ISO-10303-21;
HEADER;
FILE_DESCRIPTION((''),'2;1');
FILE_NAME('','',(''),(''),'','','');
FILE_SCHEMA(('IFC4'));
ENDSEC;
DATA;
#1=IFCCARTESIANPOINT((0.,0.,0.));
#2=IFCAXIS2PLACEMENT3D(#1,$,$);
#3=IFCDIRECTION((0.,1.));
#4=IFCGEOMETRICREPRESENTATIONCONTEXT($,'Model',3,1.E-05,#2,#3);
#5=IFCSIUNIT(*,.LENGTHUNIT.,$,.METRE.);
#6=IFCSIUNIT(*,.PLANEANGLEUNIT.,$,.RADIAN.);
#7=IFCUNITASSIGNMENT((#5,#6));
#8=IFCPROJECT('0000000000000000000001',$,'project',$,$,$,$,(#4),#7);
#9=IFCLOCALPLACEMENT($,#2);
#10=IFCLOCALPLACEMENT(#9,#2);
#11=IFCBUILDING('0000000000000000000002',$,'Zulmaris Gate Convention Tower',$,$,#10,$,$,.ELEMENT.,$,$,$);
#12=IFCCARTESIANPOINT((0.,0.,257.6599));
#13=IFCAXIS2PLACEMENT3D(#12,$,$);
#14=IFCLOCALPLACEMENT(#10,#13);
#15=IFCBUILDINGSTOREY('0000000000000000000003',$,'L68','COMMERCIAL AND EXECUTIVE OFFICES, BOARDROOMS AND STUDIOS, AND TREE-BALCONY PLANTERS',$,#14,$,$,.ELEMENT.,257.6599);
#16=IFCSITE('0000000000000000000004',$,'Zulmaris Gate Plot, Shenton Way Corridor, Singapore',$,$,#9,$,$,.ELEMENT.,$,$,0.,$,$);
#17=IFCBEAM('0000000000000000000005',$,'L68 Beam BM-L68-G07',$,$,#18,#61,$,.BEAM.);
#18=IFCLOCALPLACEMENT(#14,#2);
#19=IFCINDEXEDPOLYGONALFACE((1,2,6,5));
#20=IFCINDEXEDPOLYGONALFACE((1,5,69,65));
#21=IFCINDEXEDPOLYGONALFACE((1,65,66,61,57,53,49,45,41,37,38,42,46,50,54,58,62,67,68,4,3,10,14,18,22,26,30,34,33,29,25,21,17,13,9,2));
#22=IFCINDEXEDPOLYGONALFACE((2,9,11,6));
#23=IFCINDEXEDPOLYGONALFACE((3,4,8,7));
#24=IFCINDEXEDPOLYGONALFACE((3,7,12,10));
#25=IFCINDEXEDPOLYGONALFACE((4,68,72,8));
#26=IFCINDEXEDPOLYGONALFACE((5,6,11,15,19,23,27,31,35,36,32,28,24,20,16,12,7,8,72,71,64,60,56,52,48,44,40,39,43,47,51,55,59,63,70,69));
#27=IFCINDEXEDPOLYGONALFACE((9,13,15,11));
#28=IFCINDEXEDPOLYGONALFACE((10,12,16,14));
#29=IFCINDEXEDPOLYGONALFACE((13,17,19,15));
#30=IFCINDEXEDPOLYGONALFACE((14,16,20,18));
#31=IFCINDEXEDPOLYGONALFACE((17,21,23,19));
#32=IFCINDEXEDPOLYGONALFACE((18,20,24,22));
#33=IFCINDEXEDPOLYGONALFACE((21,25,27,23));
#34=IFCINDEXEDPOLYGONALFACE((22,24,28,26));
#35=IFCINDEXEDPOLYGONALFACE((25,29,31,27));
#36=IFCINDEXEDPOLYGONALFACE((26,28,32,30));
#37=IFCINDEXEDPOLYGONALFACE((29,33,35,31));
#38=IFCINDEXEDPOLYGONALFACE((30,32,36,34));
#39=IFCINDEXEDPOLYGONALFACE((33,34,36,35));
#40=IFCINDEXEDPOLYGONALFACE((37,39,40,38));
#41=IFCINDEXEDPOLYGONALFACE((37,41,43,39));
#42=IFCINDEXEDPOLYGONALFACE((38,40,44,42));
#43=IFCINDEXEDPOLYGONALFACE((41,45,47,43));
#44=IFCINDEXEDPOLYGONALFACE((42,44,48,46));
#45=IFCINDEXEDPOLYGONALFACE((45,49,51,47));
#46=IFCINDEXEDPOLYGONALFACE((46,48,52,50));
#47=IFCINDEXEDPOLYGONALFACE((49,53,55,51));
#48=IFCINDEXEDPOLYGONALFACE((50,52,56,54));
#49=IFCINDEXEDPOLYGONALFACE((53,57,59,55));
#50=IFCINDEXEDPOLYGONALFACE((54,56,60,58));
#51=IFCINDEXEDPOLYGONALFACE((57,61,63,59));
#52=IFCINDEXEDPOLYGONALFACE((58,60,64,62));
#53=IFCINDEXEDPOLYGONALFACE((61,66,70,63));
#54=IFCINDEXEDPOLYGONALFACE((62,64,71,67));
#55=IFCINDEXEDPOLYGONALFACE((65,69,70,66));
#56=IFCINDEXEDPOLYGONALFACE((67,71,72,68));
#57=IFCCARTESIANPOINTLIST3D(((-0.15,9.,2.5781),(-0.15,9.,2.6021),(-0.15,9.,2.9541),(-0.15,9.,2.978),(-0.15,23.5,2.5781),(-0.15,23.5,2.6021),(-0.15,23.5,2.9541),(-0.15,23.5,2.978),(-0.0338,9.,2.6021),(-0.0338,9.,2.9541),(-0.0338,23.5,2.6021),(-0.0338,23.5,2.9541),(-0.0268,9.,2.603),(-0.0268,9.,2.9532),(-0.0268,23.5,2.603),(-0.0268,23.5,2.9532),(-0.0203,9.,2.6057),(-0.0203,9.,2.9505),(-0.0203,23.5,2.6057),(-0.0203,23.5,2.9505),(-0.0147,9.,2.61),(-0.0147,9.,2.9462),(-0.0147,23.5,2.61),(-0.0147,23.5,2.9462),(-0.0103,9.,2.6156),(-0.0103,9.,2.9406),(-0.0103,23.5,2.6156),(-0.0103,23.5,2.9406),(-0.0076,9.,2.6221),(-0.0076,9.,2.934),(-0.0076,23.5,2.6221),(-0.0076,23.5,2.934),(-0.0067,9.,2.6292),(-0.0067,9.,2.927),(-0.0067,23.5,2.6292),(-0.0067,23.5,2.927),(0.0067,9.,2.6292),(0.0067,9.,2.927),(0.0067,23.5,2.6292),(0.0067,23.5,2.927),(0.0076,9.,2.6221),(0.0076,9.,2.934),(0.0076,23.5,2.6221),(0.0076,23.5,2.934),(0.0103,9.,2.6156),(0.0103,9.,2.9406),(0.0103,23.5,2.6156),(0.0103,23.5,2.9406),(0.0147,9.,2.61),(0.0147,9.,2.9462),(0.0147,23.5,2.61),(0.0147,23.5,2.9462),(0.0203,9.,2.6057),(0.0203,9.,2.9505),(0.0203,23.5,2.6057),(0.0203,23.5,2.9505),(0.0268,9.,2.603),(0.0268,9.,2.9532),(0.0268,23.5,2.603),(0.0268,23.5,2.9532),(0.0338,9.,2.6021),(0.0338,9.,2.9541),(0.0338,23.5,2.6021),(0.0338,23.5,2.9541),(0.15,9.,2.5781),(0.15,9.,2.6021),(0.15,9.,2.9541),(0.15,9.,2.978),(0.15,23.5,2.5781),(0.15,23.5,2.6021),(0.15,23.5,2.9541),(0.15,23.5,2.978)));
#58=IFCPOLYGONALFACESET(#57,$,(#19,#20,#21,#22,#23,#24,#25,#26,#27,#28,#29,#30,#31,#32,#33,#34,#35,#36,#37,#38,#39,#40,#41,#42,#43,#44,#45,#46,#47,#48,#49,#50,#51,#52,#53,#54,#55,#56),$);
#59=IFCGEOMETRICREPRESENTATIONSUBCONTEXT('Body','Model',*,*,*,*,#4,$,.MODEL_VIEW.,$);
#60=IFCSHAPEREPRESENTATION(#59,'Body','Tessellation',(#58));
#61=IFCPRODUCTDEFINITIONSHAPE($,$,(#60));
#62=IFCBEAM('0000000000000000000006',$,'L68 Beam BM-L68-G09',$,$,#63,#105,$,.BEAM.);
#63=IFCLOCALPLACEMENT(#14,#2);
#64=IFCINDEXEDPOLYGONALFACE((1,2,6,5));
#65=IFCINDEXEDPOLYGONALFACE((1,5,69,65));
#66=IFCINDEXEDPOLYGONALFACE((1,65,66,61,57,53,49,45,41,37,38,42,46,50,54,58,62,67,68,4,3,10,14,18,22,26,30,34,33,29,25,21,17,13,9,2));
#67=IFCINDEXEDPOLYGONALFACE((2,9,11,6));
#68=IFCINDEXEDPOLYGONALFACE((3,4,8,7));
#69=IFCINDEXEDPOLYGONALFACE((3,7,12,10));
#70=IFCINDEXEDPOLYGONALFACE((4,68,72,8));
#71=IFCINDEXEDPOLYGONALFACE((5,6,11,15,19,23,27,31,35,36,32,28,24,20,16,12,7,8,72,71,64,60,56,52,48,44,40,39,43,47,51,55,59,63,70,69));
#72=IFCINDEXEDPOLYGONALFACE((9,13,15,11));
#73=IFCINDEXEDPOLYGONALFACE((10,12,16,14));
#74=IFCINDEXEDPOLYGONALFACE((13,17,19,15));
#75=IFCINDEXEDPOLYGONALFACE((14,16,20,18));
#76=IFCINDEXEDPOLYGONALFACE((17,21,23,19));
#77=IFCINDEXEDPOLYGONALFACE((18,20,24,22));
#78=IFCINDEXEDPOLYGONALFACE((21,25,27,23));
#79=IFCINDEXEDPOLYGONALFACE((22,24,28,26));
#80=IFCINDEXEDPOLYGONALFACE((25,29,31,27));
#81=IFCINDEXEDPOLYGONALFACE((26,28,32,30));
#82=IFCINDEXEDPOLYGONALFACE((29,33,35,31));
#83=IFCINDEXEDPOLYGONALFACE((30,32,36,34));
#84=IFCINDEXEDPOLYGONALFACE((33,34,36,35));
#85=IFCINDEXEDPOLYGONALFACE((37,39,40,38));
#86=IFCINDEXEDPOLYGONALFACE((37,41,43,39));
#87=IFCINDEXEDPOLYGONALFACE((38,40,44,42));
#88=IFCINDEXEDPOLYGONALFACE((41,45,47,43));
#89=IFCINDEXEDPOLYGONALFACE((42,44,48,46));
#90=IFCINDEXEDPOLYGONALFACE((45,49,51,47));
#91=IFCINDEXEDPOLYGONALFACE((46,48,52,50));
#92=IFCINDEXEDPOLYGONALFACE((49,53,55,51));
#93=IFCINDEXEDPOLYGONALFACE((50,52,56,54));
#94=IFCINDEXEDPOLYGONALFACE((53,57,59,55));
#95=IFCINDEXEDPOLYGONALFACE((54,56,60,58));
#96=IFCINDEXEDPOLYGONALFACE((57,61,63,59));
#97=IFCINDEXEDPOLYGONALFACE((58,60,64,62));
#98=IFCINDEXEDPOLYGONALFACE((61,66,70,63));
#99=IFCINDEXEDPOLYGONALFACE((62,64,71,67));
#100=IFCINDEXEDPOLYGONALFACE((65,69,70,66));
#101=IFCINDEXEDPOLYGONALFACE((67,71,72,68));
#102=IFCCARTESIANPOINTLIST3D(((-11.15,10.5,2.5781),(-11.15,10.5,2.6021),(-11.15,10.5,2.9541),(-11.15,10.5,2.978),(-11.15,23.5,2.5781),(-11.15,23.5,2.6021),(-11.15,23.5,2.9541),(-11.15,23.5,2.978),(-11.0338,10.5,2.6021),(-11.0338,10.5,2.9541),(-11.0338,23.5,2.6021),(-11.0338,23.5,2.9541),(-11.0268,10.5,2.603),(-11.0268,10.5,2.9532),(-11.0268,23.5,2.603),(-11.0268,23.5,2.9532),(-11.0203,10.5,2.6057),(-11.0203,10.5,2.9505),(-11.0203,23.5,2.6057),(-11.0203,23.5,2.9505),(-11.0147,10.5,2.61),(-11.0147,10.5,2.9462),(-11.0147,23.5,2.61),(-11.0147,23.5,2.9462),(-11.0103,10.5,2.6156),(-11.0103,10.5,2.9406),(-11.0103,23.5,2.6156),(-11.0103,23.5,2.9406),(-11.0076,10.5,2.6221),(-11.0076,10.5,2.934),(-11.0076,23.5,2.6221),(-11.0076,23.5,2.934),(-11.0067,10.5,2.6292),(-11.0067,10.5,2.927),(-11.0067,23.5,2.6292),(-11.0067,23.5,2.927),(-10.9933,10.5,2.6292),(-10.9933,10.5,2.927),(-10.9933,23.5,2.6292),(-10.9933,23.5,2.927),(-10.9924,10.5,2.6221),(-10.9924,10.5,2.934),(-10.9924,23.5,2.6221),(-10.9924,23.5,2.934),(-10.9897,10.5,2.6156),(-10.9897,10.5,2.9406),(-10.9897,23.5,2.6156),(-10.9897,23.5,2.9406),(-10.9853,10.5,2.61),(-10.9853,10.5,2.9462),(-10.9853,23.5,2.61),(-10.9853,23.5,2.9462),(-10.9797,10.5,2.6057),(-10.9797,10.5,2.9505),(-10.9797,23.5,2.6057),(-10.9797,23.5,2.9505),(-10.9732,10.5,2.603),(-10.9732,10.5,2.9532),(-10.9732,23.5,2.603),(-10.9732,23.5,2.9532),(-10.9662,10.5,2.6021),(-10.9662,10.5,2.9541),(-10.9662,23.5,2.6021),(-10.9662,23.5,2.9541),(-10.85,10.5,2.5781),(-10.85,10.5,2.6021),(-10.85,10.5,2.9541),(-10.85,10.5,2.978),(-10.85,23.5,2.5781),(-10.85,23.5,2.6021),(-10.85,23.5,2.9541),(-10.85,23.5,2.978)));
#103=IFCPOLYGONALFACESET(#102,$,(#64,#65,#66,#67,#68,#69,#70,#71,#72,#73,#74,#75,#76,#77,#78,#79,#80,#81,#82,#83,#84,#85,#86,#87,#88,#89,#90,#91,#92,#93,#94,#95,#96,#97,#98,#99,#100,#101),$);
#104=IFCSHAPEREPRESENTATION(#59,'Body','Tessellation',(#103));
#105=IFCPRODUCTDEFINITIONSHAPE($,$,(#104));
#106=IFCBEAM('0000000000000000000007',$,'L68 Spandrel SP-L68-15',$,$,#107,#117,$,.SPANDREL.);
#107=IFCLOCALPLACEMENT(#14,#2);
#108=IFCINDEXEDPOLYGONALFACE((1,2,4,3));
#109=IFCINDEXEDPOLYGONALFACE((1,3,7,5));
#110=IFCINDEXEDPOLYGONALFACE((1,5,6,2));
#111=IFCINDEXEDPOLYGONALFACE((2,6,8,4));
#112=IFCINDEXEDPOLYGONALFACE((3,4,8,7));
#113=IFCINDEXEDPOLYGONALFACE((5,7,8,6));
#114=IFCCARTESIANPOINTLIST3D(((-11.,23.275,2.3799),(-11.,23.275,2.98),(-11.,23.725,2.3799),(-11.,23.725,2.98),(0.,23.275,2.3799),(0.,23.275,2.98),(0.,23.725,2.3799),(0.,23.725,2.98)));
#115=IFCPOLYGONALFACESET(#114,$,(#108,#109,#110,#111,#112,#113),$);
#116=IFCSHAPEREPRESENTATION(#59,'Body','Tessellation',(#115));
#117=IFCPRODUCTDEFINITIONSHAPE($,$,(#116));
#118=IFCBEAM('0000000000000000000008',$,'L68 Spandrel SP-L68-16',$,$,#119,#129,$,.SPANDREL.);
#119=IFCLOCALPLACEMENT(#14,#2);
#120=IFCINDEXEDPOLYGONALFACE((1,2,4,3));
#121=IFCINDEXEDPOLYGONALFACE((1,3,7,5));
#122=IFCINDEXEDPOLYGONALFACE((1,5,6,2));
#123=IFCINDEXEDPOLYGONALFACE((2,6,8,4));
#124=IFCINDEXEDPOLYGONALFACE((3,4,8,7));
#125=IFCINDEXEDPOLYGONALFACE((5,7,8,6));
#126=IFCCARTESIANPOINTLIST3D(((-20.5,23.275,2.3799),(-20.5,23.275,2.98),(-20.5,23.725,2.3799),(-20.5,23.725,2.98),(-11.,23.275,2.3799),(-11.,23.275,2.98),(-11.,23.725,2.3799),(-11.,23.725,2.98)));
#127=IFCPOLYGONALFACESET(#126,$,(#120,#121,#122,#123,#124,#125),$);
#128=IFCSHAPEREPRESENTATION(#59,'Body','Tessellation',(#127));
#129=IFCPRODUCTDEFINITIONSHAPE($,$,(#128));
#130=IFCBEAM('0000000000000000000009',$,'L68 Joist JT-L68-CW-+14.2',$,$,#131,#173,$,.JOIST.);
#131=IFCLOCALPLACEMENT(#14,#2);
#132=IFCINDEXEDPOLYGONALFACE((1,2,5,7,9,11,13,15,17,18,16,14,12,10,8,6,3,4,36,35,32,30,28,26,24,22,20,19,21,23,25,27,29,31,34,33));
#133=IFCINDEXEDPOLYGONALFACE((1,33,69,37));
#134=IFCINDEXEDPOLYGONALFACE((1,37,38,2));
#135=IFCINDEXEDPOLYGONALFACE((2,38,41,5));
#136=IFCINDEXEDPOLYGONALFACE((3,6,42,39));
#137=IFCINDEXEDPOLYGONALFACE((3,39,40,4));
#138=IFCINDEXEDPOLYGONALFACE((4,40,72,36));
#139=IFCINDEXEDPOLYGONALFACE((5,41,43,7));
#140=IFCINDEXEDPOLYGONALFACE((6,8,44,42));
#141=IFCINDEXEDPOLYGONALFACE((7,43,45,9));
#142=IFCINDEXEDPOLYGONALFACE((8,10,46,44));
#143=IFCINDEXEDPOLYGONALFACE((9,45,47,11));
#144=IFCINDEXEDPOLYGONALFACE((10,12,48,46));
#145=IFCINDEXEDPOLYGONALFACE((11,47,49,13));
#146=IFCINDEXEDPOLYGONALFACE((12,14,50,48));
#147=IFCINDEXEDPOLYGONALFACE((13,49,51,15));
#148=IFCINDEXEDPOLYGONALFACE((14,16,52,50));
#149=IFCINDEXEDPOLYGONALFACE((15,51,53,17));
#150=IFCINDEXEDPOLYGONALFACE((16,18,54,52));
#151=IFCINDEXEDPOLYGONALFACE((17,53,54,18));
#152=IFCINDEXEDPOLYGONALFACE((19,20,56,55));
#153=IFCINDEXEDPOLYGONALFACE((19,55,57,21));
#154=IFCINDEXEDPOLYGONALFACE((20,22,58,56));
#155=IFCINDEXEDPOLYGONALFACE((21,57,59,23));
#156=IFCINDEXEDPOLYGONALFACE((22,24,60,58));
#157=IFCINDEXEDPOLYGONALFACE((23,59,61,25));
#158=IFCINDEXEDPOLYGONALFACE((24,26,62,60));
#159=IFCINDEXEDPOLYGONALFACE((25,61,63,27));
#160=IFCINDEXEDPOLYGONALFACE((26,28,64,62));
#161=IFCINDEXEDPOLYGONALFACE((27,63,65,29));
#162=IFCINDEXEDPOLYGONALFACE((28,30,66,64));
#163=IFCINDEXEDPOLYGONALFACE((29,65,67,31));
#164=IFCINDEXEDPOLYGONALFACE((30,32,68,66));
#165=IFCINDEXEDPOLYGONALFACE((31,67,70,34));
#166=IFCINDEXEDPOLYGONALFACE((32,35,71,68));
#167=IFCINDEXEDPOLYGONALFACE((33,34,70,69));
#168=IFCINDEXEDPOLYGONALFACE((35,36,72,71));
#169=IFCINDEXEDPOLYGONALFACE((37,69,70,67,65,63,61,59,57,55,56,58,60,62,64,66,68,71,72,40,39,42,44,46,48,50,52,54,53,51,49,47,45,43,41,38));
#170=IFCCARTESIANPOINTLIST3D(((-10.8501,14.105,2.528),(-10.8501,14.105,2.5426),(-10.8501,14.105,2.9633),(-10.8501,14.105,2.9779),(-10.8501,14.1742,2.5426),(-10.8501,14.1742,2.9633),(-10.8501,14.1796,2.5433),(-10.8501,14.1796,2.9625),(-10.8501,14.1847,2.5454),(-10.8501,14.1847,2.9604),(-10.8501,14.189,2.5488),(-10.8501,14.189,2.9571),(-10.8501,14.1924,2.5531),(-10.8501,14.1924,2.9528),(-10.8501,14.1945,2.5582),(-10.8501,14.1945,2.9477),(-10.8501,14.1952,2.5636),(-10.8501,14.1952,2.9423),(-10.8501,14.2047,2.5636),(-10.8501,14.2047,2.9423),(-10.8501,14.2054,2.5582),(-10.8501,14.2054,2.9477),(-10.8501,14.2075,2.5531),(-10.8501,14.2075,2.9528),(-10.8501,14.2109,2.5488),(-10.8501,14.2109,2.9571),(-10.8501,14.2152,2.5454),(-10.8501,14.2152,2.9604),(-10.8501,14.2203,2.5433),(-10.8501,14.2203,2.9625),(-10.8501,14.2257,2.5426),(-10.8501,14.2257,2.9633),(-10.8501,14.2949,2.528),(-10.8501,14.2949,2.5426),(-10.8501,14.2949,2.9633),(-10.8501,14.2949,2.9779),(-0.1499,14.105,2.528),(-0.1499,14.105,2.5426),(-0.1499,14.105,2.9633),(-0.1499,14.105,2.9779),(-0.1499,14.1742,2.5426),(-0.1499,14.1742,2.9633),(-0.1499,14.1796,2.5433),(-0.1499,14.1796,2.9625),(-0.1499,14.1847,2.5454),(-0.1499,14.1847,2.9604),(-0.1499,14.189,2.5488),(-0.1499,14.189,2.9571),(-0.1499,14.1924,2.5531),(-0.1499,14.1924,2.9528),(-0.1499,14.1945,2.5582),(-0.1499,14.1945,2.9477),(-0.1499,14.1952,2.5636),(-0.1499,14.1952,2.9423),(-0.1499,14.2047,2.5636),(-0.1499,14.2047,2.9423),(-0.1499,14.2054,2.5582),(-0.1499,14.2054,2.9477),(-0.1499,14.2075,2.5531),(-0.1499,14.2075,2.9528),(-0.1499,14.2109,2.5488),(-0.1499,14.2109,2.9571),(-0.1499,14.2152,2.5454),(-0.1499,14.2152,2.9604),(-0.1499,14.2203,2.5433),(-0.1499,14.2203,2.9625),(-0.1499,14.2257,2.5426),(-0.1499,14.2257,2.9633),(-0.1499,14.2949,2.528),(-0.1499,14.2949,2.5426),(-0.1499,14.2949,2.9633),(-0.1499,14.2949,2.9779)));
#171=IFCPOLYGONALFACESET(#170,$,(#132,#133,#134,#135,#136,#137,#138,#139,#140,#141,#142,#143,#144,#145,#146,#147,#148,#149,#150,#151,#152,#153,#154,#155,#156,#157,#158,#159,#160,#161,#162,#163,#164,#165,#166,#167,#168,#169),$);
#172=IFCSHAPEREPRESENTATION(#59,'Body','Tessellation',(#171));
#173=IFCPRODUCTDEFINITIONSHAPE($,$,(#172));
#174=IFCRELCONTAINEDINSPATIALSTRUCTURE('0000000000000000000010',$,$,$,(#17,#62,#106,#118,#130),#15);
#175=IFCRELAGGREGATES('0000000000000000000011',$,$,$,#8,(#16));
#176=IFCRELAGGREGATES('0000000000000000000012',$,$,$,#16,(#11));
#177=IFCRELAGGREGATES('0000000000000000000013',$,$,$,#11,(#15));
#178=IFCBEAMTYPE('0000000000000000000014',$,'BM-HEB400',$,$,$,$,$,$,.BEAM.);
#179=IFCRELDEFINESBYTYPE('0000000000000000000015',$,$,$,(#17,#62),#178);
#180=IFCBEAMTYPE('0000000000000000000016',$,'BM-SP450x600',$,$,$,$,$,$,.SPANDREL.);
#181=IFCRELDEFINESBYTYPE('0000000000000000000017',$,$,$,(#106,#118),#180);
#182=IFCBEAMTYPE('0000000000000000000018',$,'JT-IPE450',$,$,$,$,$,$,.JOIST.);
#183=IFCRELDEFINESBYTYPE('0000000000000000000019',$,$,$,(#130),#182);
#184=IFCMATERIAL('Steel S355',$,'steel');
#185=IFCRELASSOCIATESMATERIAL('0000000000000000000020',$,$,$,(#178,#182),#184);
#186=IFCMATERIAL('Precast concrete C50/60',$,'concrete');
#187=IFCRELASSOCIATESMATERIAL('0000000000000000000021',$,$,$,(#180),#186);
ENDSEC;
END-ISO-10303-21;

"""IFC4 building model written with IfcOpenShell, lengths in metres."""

from ifc_helpers import new_model, si_unit, direction, frame, origin, origin_2d, place, context, subcontext, project, spatial, rectangle, i_section, extrude, material, material_profile, profile_set, type_object, element, save


model = new_model("IFC4")

# Units and contexts
model_context = context("Model", 3, precision=1e-05, world=origin(), true_north=direction((0.0, 1.0)))
body_context = subcontext(model_context, "Body", "Model", "MODEL_VIEW")
ifc_project = project(units=[si_unit("LENGTHUNIT", "METRE"), si_unit("PLANEANGLEUNIT", "RADIAN")], contexts=[model_context])

# Site, building, storey
site_placement = place(None, origin())
site = spatial("IfcSite", under=ifc_project, at=site_placement, Name="Zulmaris Gate Plot, Shenton Way Corridor, Singapore", CompositionType="ELEMENT", RefElevation=0.0)
building_placement = place(site_placement, origin())
building = spatial("IfcBuilding", under=site, at=building_placement, Name="Zulmaris Gate Convention Tower", CompositionType="ELEMENT")
storey_placement = place(building_placement, frame((0.0, 0.0, 257.6599)))
storey = spatial("IfcBuildingStorey", under=building, at=storey_placement, Name="L68", Description="COMMERCIAL AND EXECUTIVE OFFICES, BOARDROOMS AND STUDIOS, AND TREE-BALCONY PLANTERS", CompositionType="ELEMENT", Elevation=257.6599)

# Beams
ifc_material_1 = material(Name="Steel S355", Category="steel")
ifc_material_profile_1 = material_profile(ifc_material_1, i_section(OverallWidth=0.3, OverallDepth=0.3999, WebThickness=0.0134, FlangeThickness=0.0239, FilletRadius=0.0271, at=origin_2d()), Name="HEB 400")
ifc_profile_set_1 = profile_set([ifc_material_profile_1], Name="Steel S355")
beam_type_1 = type_object("IfcBeamType", Name="BM-HEB400", PredefinedType="BEAM", material=ifc_profile_set_1)
beam_1_placement = place(storey_placement, frame((0.0, 9.0, 2.7781), z_axis=(0.0, 1.0, 0.0), x_axis=(-1.0, 0.0, 0.0)))
element("IfcBeam", 1, at=beam_1_placement, inside=storey, type_object=beam_type_1, Name="L68 Beam BM-L68-G07", PredefinedType="BEAM", context=body_context, shape_type="SweptSolid", body=[
    extrude(i_section(OverallWidth=0.3, OverallDepth=0.3999, WebThickness=0.0134, FlangeThickness=0.0239, FilletRadius=0.0271, at=origin_2d()), origin(), (0.0, 0.0, 1.0), 14.5),
])
beam_2_placement = place(storey_placement, frame((-11.0, 10.5, 2.7781), z_axis=(0.0, 1.0, 0.0), x_axis=(-1.0, 0.0, 0.0)))
element("IfcBeam", 2, at=beam_2_placement, inside=storey, type_object=beam_type_1, Name="L68 Beam BM-L68-G09", PredefinedType="BEAM", context=body_context, shape_type="SweptSolid", body=[
    extrude(i_section(OverallWidth=0.3, OverallDepth=0.3999, WebThickness=0.0134, FlangeThickness=0.0239, FilletRadius=0.0271, at=origin_2d()), origin(), (0.0, 0.0, 1.0), 13.0),
])
ifc_material_2 = material(Name="Precast concrete C50/60", Category="concrete")
ifc_material_profile_2 = material_profile(ifc_material_2, rectangle(XDim=0.45, YDim=0.6001, at=origin_2d()), Name="RC SPANDREL 450x600")
ifc_profile_set_2 = profile_set([ifc_material_profile_2], Name="Precast concrete C50/60")
beam_type_2 = type_object("IfcBeamType", Name="BM-SP450x600", PredefinedType="SPANDREL", material=ifc_profile_set_2)
beam_3_placement = place(storey_placement, frame((0.0, 23.5, 2.6799), z_axis=(-1.0, 0.0, 0.0), x_axis=(0.0, -1.0, 0.0)))
element("IfcBeam", 3, at=beam_3_placement, inside=storey, type_object=beam_type_2, Name="L68 Spandrel SP-L68-15", PredefinedType="SPANDREL", context=body_context, shape_type="SweptSolid", body=[
    extrude(rectangle(XDim=0.45, YDim=0.6001, at=origin_2d()), origin(), (0.0, 0.0, 1.0), 11.0),
])
beam_4_placement = place(storey_placement, frame((-11.0, 23.5, 2.6799), z_axis=(-1.0, 0.0, 0.0), x_axis=(0.0, -1.0, 0.0)))
element("IfcBeam", 4, at=beam_4_placement, inside=storey, type_object=beam_type_2, Name="L68 Spandrel SP-L68-16", PredefinedType="SPANDREL", context=body_context, shape_type="SweptSolid", body=[
    extrude(rectangle(XDim=0.45, YDim=0.6001, at=origin_2d()), origin(), (0.0, 0.0, 1.0), 9.5),
])
ifc_material_profile_3 = material_profile(ifc_material_1, i_section(OverallWidth=0.1899, OverallDepth=0.45, WebThickness=0.0095, FlangeThickness=0.0146, FilletRadius=0.021, at=origin_2d()), Name="IPE 450")
ifc_profile_set_3 = profile_set([ifc_material_profile_3], Name="Steel S355")
beam_type_3 = type_object("IfcBeamType", Name="JT-IPE450", PredefinedType="JOIST", material=ifc_profile_set_3)
for number, where, z_axis, x_axis, name in (
    (5, (-10.8501, 14.2, 2.7529), (1.0, 0.0, 0.0), (0.0, 1.0, 0.0), "L68 Joist JT-L68-CW-+14.2"),
):
    element("IfcBeam", number, at=place(storey_placement, frame(where, z_axis=z_axis, x_axis=x_axis)), inside=storey, type_object=beam_type_3, Name=name, PredefinedType="JOIST", context=body_context, shape_type="SweptSolid", body=[
        extrude(i_section(OverallWidth=0.1899, OverallDepth=0.45, WebThickness=0.0095, FlangeThickness=0.0146, FilletRadius=0.021, at=origin_2d()), origin(), (0.0, 0.0, 1.0), 10.7002),
    ])

save(model, "model.ifc")
